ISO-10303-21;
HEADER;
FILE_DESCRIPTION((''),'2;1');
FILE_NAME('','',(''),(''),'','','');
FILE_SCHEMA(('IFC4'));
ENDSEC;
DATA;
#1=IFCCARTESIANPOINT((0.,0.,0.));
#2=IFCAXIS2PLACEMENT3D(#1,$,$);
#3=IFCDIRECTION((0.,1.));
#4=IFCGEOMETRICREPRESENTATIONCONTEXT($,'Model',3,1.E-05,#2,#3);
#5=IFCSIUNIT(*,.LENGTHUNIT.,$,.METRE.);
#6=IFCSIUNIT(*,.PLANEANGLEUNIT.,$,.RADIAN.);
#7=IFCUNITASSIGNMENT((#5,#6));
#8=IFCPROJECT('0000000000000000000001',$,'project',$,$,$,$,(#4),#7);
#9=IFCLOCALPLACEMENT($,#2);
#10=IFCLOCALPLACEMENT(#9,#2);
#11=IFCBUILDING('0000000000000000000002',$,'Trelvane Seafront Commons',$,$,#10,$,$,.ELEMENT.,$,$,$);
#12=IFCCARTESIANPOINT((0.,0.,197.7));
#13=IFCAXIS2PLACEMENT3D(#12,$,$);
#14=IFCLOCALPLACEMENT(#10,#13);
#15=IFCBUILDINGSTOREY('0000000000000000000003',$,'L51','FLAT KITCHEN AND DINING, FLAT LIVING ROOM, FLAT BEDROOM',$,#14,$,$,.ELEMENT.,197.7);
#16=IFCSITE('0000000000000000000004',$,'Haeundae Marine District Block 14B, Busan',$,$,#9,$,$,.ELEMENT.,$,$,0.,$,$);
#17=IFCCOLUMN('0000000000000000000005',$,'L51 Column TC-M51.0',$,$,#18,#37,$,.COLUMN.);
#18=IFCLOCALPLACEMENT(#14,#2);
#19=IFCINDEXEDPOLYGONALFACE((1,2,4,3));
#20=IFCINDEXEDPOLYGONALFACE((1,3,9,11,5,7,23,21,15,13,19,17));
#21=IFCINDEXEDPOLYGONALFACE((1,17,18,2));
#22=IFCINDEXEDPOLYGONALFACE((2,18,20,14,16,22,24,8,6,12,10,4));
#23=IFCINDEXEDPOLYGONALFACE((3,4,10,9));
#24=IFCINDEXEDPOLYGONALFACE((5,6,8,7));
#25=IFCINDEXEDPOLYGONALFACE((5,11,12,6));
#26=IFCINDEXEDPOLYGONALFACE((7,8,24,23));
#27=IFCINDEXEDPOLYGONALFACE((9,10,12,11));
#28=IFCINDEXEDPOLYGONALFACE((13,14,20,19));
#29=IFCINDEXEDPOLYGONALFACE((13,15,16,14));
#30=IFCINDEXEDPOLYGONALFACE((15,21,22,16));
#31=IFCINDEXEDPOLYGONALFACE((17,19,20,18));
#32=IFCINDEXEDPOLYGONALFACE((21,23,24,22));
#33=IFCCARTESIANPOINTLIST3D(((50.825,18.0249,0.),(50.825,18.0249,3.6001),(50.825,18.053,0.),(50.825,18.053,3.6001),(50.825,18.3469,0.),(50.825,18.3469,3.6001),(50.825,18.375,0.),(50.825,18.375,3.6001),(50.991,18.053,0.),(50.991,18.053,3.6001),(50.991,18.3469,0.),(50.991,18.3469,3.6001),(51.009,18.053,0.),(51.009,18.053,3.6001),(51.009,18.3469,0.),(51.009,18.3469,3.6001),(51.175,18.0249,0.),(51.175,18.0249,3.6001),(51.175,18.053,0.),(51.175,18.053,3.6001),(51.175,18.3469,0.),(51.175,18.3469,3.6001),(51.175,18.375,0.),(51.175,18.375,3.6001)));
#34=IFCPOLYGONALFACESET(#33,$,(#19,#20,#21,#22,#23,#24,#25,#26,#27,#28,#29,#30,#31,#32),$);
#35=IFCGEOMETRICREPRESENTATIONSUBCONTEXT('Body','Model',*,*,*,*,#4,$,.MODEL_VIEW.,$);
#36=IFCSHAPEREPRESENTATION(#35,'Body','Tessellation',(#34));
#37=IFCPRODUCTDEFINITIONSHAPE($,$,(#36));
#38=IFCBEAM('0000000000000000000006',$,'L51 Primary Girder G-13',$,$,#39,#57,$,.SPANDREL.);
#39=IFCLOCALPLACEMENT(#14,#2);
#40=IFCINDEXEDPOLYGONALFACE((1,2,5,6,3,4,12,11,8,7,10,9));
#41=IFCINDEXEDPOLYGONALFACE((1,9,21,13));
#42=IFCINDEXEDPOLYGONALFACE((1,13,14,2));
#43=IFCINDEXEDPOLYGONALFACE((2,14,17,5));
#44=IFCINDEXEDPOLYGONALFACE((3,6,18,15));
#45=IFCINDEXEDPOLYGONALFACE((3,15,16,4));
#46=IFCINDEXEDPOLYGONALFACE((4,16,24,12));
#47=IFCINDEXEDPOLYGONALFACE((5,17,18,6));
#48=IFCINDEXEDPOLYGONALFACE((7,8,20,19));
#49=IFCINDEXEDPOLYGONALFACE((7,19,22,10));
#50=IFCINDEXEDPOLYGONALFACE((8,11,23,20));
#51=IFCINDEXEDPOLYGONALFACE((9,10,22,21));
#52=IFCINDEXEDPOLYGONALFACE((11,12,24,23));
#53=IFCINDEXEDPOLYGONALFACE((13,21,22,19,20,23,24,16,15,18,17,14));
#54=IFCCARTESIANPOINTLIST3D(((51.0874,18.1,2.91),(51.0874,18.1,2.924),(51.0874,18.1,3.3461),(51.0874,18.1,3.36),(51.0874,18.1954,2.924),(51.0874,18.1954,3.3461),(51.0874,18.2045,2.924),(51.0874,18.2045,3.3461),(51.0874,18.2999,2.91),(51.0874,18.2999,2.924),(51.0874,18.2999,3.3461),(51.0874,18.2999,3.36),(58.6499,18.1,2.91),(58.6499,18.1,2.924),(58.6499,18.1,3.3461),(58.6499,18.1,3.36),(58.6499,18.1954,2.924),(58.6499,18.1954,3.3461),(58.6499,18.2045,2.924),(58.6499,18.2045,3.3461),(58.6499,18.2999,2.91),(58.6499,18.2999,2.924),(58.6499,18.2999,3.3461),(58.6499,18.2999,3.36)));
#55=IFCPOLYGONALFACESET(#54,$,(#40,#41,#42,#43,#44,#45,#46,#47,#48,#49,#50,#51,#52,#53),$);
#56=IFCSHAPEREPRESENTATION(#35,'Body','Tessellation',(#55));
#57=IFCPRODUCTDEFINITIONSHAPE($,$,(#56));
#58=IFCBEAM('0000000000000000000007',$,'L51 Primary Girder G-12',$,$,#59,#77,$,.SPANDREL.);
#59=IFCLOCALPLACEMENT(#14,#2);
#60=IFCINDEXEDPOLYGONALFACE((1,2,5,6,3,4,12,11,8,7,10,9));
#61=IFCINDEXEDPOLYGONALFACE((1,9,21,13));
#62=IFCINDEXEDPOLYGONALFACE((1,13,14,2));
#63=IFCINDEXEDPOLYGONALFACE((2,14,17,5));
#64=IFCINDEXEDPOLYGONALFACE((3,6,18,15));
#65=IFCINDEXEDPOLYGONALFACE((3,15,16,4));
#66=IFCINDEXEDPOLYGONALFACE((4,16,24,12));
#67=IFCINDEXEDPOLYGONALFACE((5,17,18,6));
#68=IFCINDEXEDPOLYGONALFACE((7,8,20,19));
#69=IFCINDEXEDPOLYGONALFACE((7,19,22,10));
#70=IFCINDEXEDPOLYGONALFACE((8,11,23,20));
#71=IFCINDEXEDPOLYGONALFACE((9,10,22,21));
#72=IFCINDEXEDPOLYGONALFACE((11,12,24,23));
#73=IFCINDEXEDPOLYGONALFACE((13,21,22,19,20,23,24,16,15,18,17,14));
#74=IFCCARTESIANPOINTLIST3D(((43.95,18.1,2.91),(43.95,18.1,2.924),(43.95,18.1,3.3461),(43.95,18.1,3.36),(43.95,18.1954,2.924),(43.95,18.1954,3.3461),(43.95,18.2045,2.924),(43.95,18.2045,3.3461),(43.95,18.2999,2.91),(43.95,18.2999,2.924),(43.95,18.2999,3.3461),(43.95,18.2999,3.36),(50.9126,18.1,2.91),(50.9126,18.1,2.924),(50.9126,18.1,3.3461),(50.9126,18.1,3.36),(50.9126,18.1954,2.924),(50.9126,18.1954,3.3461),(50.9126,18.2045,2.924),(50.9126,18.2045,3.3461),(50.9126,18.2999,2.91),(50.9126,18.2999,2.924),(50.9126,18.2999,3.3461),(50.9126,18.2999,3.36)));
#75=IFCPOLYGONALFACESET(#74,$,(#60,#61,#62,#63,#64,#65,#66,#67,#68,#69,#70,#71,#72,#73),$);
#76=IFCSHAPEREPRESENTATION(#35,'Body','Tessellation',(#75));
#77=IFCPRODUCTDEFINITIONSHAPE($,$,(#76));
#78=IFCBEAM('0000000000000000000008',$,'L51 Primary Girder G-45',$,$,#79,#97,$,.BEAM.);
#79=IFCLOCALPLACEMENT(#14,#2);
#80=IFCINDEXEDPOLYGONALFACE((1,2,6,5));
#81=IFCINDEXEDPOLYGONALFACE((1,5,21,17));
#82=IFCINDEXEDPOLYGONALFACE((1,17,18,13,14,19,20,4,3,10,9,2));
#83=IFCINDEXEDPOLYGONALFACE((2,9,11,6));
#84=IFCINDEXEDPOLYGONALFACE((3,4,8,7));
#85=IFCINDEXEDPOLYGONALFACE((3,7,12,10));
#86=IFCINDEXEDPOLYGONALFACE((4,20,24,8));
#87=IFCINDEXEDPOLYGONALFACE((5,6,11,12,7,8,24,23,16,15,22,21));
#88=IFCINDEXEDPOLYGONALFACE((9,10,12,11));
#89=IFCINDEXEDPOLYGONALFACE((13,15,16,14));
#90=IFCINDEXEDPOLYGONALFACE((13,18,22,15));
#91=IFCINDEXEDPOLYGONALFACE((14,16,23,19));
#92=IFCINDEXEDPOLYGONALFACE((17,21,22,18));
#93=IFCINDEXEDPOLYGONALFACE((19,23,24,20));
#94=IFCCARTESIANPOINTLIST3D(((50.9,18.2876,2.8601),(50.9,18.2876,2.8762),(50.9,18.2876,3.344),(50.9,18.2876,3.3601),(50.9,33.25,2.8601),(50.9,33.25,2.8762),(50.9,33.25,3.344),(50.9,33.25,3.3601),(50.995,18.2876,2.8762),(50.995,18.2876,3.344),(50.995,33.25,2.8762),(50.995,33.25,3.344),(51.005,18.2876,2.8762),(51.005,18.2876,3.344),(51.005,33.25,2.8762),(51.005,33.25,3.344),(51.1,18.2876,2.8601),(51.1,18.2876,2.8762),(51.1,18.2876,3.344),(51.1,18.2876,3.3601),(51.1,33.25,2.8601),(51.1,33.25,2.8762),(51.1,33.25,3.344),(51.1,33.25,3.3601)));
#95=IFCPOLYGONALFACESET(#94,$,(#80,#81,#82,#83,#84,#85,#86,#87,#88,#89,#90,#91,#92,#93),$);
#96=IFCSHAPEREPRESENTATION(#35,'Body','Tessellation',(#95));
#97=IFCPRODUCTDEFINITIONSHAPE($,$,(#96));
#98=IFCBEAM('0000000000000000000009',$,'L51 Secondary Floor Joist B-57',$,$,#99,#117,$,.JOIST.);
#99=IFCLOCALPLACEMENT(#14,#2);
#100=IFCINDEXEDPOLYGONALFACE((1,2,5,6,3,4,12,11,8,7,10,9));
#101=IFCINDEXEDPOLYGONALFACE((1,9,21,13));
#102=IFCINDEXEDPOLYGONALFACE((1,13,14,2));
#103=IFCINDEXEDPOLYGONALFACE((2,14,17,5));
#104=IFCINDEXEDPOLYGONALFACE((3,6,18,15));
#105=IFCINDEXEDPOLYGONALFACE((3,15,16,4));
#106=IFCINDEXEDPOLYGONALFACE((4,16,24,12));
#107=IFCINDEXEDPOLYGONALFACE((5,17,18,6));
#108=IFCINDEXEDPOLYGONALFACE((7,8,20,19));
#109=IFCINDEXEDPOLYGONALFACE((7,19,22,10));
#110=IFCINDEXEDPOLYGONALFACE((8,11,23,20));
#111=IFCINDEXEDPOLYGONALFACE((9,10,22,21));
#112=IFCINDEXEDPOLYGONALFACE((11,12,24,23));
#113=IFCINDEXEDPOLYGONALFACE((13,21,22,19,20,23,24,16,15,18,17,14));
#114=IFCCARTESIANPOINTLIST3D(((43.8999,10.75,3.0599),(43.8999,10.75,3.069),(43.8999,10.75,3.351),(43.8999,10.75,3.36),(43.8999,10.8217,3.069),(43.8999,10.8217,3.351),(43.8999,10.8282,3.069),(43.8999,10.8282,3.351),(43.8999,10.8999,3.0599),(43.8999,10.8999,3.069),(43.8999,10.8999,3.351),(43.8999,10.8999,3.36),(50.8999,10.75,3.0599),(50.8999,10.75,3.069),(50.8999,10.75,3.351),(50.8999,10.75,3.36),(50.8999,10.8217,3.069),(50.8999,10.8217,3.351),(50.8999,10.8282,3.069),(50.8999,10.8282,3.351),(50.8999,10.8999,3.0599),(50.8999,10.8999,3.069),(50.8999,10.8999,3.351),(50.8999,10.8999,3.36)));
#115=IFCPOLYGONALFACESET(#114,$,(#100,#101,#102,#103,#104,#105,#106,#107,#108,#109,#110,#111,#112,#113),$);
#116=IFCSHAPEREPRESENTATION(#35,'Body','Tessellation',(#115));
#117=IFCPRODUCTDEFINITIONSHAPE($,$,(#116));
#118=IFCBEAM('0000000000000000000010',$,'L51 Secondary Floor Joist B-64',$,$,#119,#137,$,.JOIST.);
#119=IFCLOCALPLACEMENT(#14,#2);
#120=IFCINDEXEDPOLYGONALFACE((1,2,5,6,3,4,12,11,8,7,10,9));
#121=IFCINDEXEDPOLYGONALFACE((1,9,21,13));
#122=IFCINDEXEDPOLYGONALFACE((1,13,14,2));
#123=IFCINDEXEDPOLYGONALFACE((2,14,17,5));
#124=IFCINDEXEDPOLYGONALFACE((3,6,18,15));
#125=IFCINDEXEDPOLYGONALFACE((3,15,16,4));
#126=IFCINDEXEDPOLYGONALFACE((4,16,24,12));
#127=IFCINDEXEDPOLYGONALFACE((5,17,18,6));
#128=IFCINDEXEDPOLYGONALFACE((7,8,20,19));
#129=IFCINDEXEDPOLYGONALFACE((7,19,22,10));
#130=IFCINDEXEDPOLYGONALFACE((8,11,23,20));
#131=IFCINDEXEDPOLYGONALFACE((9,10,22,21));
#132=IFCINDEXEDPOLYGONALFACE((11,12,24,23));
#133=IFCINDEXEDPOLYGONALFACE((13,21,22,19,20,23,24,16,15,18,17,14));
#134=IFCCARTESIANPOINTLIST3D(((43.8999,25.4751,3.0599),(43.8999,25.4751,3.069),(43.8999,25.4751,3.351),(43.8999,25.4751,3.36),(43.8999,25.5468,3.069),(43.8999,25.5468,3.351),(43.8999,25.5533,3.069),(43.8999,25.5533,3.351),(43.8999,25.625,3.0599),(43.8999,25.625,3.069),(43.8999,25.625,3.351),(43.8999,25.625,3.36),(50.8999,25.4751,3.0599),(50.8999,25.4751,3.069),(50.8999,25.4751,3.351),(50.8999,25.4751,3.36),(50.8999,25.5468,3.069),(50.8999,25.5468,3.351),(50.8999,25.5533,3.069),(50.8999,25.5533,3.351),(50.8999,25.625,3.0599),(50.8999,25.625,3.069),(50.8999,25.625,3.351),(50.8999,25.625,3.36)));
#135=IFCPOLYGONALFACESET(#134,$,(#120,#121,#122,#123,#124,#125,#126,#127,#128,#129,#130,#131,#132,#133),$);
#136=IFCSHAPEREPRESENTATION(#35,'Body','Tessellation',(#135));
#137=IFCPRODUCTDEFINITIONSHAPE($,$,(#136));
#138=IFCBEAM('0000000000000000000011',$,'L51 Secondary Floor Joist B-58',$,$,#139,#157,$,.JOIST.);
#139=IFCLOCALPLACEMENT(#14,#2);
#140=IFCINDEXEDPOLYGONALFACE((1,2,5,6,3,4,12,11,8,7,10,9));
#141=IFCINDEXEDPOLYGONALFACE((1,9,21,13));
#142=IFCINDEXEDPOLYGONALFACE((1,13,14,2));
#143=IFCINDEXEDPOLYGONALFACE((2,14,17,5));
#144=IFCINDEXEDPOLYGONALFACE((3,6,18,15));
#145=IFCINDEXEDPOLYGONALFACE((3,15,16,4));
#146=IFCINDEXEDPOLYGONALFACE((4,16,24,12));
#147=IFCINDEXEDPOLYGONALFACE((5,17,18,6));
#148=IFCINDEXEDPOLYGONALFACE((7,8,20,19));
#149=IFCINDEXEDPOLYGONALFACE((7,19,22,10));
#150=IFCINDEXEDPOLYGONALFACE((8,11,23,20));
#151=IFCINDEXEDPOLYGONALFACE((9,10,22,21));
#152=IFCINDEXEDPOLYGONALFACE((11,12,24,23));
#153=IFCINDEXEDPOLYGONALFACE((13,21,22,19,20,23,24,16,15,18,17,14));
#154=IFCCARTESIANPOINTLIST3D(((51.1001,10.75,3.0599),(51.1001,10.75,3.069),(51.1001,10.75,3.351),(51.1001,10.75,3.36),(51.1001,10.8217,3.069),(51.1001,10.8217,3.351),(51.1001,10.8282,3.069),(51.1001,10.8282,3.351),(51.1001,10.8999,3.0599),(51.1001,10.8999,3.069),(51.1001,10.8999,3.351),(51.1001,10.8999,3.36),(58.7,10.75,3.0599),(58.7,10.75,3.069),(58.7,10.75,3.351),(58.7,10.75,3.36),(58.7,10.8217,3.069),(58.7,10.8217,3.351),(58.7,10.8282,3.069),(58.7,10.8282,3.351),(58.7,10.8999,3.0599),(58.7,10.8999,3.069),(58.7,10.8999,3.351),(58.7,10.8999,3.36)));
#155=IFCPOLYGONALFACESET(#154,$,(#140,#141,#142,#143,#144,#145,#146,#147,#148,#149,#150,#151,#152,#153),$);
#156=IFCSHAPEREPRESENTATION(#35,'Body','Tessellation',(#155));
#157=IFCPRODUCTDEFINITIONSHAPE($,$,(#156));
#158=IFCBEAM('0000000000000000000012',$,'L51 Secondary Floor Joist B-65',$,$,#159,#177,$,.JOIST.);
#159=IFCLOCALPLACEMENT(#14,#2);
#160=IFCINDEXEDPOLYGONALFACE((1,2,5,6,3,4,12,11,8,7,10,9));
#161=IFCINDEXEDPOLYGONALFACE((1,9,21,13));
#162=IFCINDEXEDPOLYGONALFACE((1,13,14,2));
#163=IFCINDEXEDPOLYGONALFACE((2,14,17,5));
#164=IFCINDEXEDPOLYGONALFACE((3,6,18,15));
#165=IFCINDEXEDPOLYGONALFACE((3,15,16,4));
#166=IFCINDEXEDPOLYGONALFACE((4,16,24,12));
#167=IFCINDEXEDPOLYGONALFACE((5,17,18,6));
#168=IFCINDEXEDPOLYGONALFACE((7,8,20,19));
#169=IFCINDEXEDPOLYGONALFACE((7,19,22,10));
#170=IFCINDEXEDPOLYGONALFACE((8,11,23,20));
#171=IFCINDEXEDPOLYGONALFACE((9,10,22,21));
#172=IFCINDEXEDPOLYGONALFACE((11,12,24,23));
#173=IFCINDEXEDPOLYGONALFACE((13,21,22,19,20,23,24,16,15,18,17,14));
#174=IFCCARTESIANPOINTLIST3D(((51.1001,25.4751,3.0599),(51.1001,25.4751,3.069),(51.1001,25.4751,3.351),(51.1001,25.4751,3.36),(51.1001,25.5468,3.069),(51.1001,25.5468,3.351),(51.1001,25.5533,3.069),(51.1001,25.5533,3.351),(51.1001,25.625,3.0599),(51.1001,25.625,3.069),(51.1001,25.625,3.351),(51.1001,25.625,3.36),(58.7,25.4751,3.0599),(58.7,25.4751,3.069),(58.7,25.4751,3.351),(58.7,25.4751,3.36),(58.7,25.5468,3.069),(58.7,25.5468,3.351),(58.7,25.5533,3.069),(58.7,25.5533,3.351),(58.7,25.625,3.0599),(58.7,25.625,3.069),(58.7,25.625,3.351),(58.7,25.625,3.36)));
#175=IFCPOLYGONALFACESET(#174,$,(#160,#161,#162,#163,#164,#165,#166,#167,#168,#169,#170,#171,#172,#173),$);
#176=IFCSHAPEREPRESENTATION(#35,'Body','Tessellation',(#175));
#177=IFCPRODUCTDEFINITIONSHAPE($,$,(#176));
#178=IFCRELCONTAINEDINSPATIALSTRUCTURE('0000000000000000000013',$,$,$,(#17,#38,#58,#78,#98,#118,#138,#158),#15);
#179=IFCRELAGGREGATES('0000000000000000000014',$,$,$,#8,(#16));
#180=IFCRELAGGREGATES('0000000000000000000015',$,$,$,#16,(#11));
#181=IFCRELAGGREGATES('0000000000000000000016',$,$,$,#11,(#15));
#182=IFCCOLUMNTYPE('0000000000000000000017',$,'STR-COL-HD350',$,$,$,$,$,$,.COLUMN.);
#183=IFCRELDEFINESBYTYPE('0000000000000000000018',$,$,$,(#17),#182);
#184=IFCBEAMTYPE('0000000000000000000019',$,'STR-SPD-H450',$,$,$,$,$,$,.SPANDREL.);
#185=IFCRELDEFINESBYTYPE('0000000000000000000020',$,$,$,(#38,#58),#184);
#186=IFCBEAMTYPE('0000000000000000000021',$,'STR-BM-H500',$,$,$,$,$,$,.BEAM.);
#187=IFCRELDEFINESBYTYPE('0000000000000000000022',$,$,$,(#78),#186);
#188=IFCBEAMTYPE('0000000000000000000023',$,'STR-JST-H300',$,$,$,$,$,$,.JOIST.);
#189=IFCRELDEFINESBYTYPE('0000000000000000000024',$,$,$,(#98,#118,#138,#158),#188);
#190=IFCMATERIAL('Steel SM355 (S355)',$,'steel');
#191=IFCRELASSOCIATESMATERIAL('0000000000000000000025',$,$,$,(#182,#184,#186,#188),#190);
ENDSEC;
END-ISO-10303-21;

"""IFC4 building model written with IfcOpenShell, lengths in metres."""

from ifc_helpers import new_model, si_unit, direction, frame, origin, origin_2d, place, context, subcontext, project, spatial, i_section, extrude, source, transform, mapped, material, material_profile, profile_set, type_object, element, save


model = new_model("IFC4")

# Units and contexts
model_context = context("Model", 3, precision=1e-05, world=origin(), true_north=direction((0.0, 1.0)))
body_context = subcontext(model_context, "Body", "Model", "MODEL_VIEW")
ifc_project = project(units=[si_unit("LENGTHUNIT", "METRE"), si_unit("PLANEANGLEUNIT", "RADIAN")], contexts=[model_context])

# Site, building, storey
site_placement = place(None, origin())
site = spatial("IfcSite", under=ifc_project, at=site_placement, Name="Haeundae Marine District Block 14B, Busan", CompositionType="ELEMENT", RefElevation=0.0)
building_placement = place(site_placement, origin())
building = spatial("IfcBuilding", under=site, at=building_placement, Name="Trelvane Seafront Commons", CompositionType="ELEMENT")
storey_placement = place(building_placement, frame((0.0, 0.0, 197.7)))
storey = spatial("IfcBuildingStorey", under=building, at=storey_placement, Name="L51", Description="FLAT KITCHEN AND DINING, FLAT LIVING ROOM, FLAT BEDROOM", CompositionType="ELEMENT", Elevation=197.7)

# Column
ifc_material_1 = material(Name="Steel SM355 (S355)", Category="steel")
ifc_material_profile_1 = material_profile(ifc_material_1, i_section(OverallWidth=0.3501, OverallDepth=0.3501, WebThickness=0.0181, FlangeThickness=0.0281, at=origin_2d()), Name="HD-350x350x18x28")
ifc_profile_set_1 = profile_set([ifc_material_profile_1], Name="Steel SM355 (S355)")
column_type = type_object("IfcColumnType", Name="STR-COL-HD350", PredefinedType="COLUMN", material=ifc_profile_set_1)
shared_shape_1 = source(origin(), body_context, "Body", "SweptSolid", [
    extrude(i_section(OverallWidth=0.3501, OverallDepth=0.3501, WebThickness=0.0181, FlangeThickness=0.0281, at=origin_2d()), origin(), (0.0, 0.0, 1.0), 3.6001),
])
column_placement = place(storey_placement, frame((51.0, 18.2, 0.0), z_axis=(0.0, 0.0, 1.0), x_axis=(1.0, 0.0, 0.0)))
element("IfcColumn", 1, at=column_placement, inside=storey, type_object=column_type, Name="L51 Column TC-M51.0", PredefinedType="COLUMN", context=body_context, shape_type="MappedRepresentation", body=[
    mapped(shared_shape_1, transform((0.0, 0.0, 0.0), x_axis=(1.0, 0.0, 0.0), y_axis=(0.0, 1.0, 0.0), z_axis=(0.0, 0.0, 1.0), scale=1.0)),
])

# Beams
ifc_material_profile_2 = material_profile(ifc_material_1, i_section(OverallWidth=0.2, OverallDepth=0.45, WebThickness=0.009, FlangeThickness=0.0139, at=origin_2d()), Name="H-450x200x9x14")
ifc_profile_set_2 = profile_set([ifc_material_profile_2], Name="Steel SM355 (S355)")
beam_type_1 = type_object("IfcBeamType", Name="STR-SPD-H450", PredefinedType="SPANDREL", material=ifc_profile_set_2)
shared_shape_2 = source(origin(), body_context, "Body", "SweptSolid", [
    extrude(i_section(OverallWidth=0.2, OverallDepth=0.45, WebThickness=0.009, FlangeThickness=0.0139, at=origin_2d()), origin(), (0.0, 0.0, 1.0), 7.5625),
])
beam_1_placement = place(storey_placement, frame((51.0874, 18.2, 3.135), z_axis=(1.0, 0.0, 0.0), x_axis=(0.0, 1.0, 0.0)))
element("IfcBeam", 2, at=beam_1_placement, inside=storey, type_object=beam_type_1, Name="L51 Primary Girder G-13", PredefinedType="SPANDREL", context=body_context, shape_type="MappedRepresentation", body=[
    mapped(shared_shape_2, transform((0.0, 0.0, 0.0), x_axis=(1.0, 0.0, 0.0), y_axis=(0.0, 1.0, 0.0), z_axis=(0.0, 0.0, 1.0), scale=1.0)),
])
shared_shape_3 = source(origin(), body_context, "Body", "SweptSolid", [
    extrude(i_section(OverallWidth=0.2, OverallDepth=0.45, WebThickness=0.009, FlangeThickness=0.0139, at=origin_2d()), origin(), (0.0, 0.0, 1.0), 6.9626),
])
beam_2_placement = place(storey_placement, frame((43.95, 18.2, 3.135), z_axis=(1.0, 0.0, 0.0), x_axis=(0.0, 1.0, 0.0)))
element("IfcBeam", 3, at=beam_2_placement, inside=storey, type_object=beam_type_1, Name="L51 Primary Girder G-12", PredefinedType="SPANDREL", context=body_context, shape_type="MappedRepresentation", body=[
    mapped(shared_shape_3, transform((0.0, 0.0, 0.0), x_axis=(1.0, 0.0, 0.0), y_axis=(0.0, 1.0, 0.0), z_axis=(0.0, 0.0, 1.0), scale=1.0)),
])
ifc_material_profile_3 = material_profile(ifc_material_1, i_section(OverallWidth=0.2, OverallDepth=0.5, WebThickness=0.01, FlangeThickness=0.0161, at=origin_2d()), Name="H-500x200x10x16")
ifc_profile_set_3 = profile_set([ifc_material_profile_3], Name="Steel SM355 (S355)")
beam_type_2 = type_object("IfcBeamType", Name="STR-BM-H500", PredefinedType="BEAM", material=ifc_profile_set_3)
shared_shape_4 = source(origin(), body_context, "Body", "SweptSolid", [
    extrude(i_section(OverallWidth=0.2, OverallDepth=0.5, WebThickness=0.01, FlangeThickness=0.0161, at=origin_2d()), origin(), (0.0, 0.0, 1.0), 14.9624),
])
beam_3_placement = place(storey_placement, frame((51.0, 18.2876, 3.1101), z_axis=(0.0, 1.0, 0.0), x_axis=(-1.0, 0.0, 0.0)))
element("IfcBeam", 4, at=beam_3_placement, inside=storey, type_object=beam_type_2, Name="L51 Primary Girder G-45", PredefinedType="BEAM", context=body_context, shape_type="MappedRepresentation", body=[
    mapped(shared_shape_4, transform((0.0, 0.0, 0.0), x_axis=(1.0, 0.0, 0.0), y_axis=(0.0, 1.0, 0.0), z_axis=(0.0, 0.0, 1.0), scale=1.0)),
])
ifc_material_profile_4 = material_profile(ifc_material_1, i_section(OverallWidth=0.1499, OverallDepth=0.3, WebThickness=0.0066, FlangeThickness=0.009, at=origin_2d()), Name="H-300x150x6.5x9")
ifc_profile_set_4 = profile_set([ifc_material_profile_4], Name="Steel SM355 (S355)")
beam_type_3 = type_object("IfcBeamType", Name="STR-JST-H300", PredefinedType="JOIST", material=ifc_profile_set_4)
shared_shape_5 = source(origin(), body_context, "Body", "SweptSolid", [
    extrude(i_section(OverallWidth=0.1499, OverallDepth=0.3, WebThickness=0.0066, FlangeThickness=0.009, at=origin_2d()), origin(), (0.0, 0.0, 1.0), 7.0),
])
for number, where, z_axis, x_axis, name in (
    (5, (43.8999, 10.825, 3.21), (1.0, 0.0, 0.0), (0.0, 1.0, 0.0), "L51 Secondary Floor Joist B-57"),
    (6, (43.8999, 25.55, 3.21), (1.0, 0.0, 0.0), (0.0, 1.0, 0.0), "L51 Secondary Floor Joist B-64"),
):
    element("IfcBeam", number, at=place(storey_placement, frame(where, z_axis=z_axis, x_axis=x_axis)), inside=storey, type_object=beam_type_3, Name=name, PredefinedType="JOIST", context=body_context, shape_type="MappedRepresentation", body=[
        mapped(shared_shape_5, transform((0.0, 0.0, 0.0), x_axis=(1.0, 0.0, 0.0), y_axis=(0.0, 1.0, 0.0), z_axis=(0.0, 0.0, 1.0), scale=1.0)),
    ])
shared_shape_6 = source(origin(), body_context, "Body", "SweptSolid", [
    extrude(i_section(OverallWidth=0.1499, OverallDepth=0.3, WebThickness=0.0066, FlangeThickness=0.009, at=origin_2d()), origin(), (0.0, 0.0, 1.0), 7.5999),
])
for number, where, z_axis, x_axis, name in (
    (7, (51.1001, 10.825, 3.21), (1.0, 0.0, 0.0), (0.0, 1.0, 0.0), "L51 Secondary Floor Joist B-58"),
    (8, (51.1001, 25.55, 3.21), (1.0, 0.0, 0.0), (0.0, 1.0, 0.0), "L51 Secondary Floor Joist B-65"),
):
    element("IfcBeam", number, at=place(storey_placement, frame(where, z_axis=z_axis, x_axis=x_axis)), inside=storey, type_object=beam_type_3, Name=name, PredefinedType="JOIST", context=body_context, shape_type="MappedRepresentation", body=[
        mapped(shared_shape_6, transform((0.0, 0.0, 0.0), x_axis=(1.0, 0.0, 0.0), y_axis=(0.0, 1.0, 0.0), z_axis=(0.0, 0.0, 1.0), scale=1.0)),
    ])

save(model, "model.ifc")
